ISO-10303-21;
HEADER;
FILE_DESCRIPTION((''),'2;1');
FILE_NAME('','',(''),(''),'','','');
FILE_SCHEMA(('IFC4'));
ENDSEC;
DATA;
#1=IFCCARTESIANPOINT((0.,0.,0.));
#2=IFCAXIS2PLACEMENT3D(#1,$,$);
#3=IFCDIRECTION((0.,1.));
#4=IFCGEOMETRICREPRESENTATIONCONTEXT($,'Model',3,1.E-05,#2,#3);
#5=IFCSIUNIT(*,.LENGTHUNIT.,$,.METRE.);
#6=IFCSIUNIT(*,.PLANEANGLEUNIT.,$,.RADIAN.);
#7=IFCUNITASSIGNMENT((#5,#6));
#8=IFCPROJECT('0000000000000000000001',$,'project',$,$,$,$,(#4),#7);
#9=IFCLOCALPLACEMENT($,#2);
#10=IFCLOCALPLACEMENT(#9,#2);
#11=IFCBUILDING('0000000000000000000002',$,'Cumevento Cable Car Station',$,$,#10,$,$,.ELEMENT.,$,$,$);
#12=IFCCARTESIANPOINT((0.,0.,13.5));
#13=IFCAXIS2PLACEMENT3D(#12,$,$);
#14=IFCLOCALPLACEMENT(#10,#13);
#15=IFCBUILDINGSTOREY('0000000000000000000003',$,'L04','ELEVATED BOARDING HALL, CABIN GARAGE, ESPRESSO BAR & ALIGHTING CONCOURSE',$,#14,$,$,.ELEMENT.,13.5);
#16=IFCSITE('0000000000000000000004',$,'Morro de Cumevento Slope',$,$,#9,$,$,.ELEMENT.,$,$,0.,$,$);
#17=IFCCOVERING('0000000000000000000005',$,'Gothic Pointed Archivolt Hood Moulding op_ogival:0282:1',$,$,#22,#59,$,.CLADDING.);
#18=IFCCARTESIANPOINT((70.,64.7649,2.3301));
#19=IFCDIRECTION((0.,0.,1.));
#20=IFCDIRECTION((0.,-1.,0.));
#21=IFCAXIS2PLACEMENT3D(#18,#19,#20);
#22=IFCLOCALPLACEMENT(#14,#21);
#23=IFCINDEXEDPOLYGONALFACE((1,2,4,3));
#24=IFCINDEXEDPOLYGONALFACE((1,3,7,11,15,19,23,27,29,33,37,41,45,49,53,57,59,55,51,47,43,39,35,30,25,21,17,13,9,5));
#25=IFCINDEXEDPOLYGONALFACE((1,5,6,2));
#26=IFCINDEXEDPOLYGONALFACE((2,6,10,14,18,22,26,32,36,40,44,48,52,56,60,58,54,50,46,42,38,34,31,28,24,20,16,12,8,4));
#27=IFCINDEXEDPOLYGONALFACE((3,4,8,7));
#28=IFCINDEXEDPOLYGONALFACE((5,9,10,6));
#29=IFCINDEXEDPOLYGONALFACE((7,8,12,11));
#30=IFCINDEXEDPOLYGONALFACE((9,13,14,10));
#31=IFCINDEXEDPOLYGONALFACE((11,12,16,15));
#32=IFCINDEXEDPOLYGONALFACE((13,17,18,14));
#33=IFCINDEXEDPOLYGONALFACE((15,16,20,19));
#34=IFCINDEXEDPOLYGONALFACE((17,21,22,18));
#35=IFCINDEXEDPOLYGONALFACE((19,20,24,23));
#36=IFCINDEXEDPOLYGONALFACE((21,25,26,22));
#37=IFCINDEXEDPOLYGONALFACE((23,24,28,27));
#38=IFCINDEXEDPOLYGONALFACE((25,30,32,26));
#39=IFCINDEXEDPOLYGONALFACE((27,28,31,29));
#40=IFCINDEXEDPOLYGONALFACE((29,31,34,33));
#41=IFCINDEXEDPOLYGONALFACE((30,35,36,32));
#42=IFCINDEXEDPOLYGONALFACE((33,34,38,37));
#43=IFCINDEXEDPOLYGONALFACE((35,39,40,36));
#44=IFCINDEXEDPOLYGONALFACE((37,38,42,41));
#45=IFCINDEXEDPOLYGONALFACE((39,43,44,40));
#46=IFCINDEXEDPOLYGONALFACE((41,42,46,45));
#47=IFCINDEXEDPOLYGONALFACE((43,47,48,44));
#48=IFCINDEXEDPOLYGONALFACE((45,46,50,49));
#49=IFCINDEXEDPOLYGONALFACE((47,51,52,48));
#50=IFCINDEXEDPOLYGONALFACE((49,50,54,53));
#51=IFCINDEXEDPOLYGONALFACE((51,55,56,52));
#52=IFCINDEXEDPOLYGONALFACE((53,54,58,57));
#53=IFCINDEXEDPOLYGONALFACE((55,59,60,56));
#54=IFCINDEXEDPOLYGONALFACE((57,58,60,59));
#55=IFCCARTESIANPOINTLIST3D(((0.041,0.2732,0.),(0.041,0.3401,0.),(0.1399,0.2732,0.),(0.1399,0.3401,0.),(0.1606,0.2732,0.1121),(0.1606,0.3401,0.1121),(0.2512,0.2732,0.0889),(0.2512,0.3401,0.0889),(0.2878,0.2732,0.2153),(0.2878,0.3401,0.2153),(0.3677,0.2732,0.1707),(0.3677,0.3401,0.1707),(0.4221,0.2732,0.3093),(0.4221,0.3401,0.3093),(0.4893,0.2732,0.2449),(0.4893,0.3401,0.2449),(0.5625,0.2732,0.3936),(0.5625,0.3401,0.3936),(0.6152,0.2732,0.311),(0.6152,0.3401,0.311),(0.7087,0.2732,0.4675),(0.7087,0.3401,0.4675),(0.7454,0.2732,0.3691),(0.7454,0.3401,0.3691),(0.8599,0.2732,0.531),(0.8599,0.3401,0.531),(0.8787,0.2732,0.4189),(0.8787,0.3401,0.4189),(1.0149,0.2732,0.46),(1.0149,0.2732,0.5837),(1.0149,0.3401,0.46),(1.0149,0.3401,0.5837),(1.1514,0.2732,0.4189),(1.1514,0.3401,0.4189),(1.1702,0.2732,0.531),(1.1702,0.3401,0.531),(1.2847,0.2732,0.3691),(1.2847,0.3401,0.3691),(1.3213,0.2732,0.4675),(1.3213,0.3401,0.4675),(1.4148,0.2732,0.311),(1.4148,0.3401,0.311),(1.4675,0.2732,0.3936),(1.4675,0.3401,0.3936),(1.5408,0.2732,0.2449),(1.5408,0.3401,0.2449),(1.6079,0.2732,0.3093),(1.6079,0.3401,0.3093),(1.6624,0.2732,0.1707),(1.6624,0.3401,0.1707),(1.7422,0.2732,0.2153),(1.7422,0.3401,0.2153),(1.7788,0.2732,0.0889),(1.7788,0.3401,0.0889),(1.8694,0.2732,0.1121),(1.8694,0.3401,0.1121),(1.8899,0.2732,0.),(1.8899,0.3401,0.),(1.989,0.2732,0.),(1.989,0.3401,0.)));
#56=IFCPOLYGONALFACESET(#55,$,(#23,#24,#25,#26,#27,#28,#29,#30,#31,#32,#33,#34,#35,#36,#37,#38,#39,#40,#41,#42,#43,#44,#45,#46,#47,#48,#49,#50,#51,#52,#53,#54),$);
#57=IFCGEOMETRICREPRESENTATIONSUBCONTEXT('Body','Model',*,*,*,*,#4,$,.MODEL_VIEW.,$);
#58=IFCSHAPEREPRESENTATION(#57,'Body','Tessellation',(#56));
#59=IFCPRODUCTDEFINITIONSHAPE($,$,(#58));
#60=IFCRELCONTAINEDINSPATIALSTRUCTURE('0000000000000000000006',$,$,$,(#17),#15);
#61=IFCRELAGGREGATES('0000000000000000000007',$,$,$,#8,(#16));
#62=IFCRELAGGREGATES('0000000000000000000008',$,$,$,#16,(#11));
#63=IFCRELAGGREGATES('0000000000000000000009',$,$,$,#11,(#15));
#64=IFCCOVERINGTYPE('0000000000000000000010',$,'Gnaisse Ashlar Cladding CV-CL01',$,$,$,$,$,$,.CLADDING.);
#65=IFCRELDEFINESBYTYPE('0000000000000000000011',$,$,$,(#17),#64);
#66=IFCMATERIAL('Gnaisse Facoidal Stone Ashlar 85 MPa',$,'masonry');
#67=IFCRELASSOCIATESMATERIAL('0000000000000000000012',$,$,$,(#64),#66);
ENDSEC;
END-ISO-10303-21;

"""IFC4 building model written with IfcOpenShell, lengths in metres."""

from ifc_helpers import new_model, si_unit, direction, frame, origin, place, context, subcontext, project, spatial, polyline, outline, extrude, material, type_object, element, save


model = new_model("IFC4")

# Units and contexts
model_context = context("Model", 3, precision=1e-05, world=origin(), true_north=direction((0.0, 1.0)))
body_context = subcontext(model_context, "Body", "Model", "MODEL_VIEW")
ifc_project = project(units=[si_unit("LENGTHUNIT", "METRE"), si_unit("PLANEANGLEUNIT", "RADIAN")], contexts=[model_context])

# Site, building, storey
site_placement = place(None, origin())
site = spatial("IfcSite", under=ifc_project, at=site_placement, Name="Morro de Cumevento Slope", CompositionType="ELEMENT", RefElevation=0.0)
building_placement = place(site_placement, origin())
building = spatial("IfcBuilding", under=site, at=building_placement, Name="Cumevento Cable Car Station", CompositionType="ELEMENT")
storey_placement = place(building_placement, frame((0.0, 0.0, 13.5)))
storey = spatial("IfcBuildingStorey", under=building, at=storey_placement, Name="L04", Description="ELEVATED BOARDING HALL, CABIN GARAGE, ESPRESSO BAR & ALIGHTING CONCOURSE", CompositionType="ELEMENT", Elevation=13.5)

# Covering
ifc_material_1 = material(Name="Gnaisse Facoidal Stone Ashlar 85 MPa", Category="masonry")
covering_type = type_object("IfcCoveringType", Name="Gnaisse Ashlar Cladding CV-CL01", PredefinedType="CLADDING", material=ifc_material_1)
covering_1_placement = place(storey_placement, frame((70.0, 64.7649, 2.3301), z_axis=(0.0, 0.0, 1.0), x_axis=(0.0, -1.0, 0.0)))
element("IfcCovering", 1, at=covering_1_placement, inside=storey, type_object=covering_type, Name="Gothic Pointed Archivolt Hood Moulding op_ogival:0282:1", PredefinedType="CLADDING", context=body_context, shape_type="SweptSolid", body=[
    extrude(outline(polyline([(0.1399, 0.0), (0.2512, 0.0889), (0.3677, 0.1707), (0.4893, 0.2449), (0.6152, 0.311), (0.7454, 0.3691), (0.8787, 0.4189), (1.0149, 0.46), (1.1514, 0.4189), (1.2847, 0.3691), (1.4148, 0.311), (1.5408, 0.2449), (1.6624, 0.1707), (1.7788, 0.0889), (1.8899, 0.0), (1.989, 0.0), (1.8694, 0.1121), (1.7422, 0.2153), (1.6079, 0.3093), (1.4675, 0.3936), (1.3213, 0.4675), (1.1702, 0.531), (1.0149, 0.5837), (0.8599, 0.531), (0.7087, 0.4675), (0.5625, 0.3936), (0.4221, 0.3093), (0.2878, 0.2153), (0.1606, 0.1121), (0.041, 0.0), (0.1399, 0.0)])), frame((0.0, 0.3401, 0.0), z_axis=(0.0, -1.0, 0.0), x_axis=(1.0, 0.0, 0.0)), (0.0, 0.0, 1.0), 0.0669),
])

save(model, "model.ifc")
